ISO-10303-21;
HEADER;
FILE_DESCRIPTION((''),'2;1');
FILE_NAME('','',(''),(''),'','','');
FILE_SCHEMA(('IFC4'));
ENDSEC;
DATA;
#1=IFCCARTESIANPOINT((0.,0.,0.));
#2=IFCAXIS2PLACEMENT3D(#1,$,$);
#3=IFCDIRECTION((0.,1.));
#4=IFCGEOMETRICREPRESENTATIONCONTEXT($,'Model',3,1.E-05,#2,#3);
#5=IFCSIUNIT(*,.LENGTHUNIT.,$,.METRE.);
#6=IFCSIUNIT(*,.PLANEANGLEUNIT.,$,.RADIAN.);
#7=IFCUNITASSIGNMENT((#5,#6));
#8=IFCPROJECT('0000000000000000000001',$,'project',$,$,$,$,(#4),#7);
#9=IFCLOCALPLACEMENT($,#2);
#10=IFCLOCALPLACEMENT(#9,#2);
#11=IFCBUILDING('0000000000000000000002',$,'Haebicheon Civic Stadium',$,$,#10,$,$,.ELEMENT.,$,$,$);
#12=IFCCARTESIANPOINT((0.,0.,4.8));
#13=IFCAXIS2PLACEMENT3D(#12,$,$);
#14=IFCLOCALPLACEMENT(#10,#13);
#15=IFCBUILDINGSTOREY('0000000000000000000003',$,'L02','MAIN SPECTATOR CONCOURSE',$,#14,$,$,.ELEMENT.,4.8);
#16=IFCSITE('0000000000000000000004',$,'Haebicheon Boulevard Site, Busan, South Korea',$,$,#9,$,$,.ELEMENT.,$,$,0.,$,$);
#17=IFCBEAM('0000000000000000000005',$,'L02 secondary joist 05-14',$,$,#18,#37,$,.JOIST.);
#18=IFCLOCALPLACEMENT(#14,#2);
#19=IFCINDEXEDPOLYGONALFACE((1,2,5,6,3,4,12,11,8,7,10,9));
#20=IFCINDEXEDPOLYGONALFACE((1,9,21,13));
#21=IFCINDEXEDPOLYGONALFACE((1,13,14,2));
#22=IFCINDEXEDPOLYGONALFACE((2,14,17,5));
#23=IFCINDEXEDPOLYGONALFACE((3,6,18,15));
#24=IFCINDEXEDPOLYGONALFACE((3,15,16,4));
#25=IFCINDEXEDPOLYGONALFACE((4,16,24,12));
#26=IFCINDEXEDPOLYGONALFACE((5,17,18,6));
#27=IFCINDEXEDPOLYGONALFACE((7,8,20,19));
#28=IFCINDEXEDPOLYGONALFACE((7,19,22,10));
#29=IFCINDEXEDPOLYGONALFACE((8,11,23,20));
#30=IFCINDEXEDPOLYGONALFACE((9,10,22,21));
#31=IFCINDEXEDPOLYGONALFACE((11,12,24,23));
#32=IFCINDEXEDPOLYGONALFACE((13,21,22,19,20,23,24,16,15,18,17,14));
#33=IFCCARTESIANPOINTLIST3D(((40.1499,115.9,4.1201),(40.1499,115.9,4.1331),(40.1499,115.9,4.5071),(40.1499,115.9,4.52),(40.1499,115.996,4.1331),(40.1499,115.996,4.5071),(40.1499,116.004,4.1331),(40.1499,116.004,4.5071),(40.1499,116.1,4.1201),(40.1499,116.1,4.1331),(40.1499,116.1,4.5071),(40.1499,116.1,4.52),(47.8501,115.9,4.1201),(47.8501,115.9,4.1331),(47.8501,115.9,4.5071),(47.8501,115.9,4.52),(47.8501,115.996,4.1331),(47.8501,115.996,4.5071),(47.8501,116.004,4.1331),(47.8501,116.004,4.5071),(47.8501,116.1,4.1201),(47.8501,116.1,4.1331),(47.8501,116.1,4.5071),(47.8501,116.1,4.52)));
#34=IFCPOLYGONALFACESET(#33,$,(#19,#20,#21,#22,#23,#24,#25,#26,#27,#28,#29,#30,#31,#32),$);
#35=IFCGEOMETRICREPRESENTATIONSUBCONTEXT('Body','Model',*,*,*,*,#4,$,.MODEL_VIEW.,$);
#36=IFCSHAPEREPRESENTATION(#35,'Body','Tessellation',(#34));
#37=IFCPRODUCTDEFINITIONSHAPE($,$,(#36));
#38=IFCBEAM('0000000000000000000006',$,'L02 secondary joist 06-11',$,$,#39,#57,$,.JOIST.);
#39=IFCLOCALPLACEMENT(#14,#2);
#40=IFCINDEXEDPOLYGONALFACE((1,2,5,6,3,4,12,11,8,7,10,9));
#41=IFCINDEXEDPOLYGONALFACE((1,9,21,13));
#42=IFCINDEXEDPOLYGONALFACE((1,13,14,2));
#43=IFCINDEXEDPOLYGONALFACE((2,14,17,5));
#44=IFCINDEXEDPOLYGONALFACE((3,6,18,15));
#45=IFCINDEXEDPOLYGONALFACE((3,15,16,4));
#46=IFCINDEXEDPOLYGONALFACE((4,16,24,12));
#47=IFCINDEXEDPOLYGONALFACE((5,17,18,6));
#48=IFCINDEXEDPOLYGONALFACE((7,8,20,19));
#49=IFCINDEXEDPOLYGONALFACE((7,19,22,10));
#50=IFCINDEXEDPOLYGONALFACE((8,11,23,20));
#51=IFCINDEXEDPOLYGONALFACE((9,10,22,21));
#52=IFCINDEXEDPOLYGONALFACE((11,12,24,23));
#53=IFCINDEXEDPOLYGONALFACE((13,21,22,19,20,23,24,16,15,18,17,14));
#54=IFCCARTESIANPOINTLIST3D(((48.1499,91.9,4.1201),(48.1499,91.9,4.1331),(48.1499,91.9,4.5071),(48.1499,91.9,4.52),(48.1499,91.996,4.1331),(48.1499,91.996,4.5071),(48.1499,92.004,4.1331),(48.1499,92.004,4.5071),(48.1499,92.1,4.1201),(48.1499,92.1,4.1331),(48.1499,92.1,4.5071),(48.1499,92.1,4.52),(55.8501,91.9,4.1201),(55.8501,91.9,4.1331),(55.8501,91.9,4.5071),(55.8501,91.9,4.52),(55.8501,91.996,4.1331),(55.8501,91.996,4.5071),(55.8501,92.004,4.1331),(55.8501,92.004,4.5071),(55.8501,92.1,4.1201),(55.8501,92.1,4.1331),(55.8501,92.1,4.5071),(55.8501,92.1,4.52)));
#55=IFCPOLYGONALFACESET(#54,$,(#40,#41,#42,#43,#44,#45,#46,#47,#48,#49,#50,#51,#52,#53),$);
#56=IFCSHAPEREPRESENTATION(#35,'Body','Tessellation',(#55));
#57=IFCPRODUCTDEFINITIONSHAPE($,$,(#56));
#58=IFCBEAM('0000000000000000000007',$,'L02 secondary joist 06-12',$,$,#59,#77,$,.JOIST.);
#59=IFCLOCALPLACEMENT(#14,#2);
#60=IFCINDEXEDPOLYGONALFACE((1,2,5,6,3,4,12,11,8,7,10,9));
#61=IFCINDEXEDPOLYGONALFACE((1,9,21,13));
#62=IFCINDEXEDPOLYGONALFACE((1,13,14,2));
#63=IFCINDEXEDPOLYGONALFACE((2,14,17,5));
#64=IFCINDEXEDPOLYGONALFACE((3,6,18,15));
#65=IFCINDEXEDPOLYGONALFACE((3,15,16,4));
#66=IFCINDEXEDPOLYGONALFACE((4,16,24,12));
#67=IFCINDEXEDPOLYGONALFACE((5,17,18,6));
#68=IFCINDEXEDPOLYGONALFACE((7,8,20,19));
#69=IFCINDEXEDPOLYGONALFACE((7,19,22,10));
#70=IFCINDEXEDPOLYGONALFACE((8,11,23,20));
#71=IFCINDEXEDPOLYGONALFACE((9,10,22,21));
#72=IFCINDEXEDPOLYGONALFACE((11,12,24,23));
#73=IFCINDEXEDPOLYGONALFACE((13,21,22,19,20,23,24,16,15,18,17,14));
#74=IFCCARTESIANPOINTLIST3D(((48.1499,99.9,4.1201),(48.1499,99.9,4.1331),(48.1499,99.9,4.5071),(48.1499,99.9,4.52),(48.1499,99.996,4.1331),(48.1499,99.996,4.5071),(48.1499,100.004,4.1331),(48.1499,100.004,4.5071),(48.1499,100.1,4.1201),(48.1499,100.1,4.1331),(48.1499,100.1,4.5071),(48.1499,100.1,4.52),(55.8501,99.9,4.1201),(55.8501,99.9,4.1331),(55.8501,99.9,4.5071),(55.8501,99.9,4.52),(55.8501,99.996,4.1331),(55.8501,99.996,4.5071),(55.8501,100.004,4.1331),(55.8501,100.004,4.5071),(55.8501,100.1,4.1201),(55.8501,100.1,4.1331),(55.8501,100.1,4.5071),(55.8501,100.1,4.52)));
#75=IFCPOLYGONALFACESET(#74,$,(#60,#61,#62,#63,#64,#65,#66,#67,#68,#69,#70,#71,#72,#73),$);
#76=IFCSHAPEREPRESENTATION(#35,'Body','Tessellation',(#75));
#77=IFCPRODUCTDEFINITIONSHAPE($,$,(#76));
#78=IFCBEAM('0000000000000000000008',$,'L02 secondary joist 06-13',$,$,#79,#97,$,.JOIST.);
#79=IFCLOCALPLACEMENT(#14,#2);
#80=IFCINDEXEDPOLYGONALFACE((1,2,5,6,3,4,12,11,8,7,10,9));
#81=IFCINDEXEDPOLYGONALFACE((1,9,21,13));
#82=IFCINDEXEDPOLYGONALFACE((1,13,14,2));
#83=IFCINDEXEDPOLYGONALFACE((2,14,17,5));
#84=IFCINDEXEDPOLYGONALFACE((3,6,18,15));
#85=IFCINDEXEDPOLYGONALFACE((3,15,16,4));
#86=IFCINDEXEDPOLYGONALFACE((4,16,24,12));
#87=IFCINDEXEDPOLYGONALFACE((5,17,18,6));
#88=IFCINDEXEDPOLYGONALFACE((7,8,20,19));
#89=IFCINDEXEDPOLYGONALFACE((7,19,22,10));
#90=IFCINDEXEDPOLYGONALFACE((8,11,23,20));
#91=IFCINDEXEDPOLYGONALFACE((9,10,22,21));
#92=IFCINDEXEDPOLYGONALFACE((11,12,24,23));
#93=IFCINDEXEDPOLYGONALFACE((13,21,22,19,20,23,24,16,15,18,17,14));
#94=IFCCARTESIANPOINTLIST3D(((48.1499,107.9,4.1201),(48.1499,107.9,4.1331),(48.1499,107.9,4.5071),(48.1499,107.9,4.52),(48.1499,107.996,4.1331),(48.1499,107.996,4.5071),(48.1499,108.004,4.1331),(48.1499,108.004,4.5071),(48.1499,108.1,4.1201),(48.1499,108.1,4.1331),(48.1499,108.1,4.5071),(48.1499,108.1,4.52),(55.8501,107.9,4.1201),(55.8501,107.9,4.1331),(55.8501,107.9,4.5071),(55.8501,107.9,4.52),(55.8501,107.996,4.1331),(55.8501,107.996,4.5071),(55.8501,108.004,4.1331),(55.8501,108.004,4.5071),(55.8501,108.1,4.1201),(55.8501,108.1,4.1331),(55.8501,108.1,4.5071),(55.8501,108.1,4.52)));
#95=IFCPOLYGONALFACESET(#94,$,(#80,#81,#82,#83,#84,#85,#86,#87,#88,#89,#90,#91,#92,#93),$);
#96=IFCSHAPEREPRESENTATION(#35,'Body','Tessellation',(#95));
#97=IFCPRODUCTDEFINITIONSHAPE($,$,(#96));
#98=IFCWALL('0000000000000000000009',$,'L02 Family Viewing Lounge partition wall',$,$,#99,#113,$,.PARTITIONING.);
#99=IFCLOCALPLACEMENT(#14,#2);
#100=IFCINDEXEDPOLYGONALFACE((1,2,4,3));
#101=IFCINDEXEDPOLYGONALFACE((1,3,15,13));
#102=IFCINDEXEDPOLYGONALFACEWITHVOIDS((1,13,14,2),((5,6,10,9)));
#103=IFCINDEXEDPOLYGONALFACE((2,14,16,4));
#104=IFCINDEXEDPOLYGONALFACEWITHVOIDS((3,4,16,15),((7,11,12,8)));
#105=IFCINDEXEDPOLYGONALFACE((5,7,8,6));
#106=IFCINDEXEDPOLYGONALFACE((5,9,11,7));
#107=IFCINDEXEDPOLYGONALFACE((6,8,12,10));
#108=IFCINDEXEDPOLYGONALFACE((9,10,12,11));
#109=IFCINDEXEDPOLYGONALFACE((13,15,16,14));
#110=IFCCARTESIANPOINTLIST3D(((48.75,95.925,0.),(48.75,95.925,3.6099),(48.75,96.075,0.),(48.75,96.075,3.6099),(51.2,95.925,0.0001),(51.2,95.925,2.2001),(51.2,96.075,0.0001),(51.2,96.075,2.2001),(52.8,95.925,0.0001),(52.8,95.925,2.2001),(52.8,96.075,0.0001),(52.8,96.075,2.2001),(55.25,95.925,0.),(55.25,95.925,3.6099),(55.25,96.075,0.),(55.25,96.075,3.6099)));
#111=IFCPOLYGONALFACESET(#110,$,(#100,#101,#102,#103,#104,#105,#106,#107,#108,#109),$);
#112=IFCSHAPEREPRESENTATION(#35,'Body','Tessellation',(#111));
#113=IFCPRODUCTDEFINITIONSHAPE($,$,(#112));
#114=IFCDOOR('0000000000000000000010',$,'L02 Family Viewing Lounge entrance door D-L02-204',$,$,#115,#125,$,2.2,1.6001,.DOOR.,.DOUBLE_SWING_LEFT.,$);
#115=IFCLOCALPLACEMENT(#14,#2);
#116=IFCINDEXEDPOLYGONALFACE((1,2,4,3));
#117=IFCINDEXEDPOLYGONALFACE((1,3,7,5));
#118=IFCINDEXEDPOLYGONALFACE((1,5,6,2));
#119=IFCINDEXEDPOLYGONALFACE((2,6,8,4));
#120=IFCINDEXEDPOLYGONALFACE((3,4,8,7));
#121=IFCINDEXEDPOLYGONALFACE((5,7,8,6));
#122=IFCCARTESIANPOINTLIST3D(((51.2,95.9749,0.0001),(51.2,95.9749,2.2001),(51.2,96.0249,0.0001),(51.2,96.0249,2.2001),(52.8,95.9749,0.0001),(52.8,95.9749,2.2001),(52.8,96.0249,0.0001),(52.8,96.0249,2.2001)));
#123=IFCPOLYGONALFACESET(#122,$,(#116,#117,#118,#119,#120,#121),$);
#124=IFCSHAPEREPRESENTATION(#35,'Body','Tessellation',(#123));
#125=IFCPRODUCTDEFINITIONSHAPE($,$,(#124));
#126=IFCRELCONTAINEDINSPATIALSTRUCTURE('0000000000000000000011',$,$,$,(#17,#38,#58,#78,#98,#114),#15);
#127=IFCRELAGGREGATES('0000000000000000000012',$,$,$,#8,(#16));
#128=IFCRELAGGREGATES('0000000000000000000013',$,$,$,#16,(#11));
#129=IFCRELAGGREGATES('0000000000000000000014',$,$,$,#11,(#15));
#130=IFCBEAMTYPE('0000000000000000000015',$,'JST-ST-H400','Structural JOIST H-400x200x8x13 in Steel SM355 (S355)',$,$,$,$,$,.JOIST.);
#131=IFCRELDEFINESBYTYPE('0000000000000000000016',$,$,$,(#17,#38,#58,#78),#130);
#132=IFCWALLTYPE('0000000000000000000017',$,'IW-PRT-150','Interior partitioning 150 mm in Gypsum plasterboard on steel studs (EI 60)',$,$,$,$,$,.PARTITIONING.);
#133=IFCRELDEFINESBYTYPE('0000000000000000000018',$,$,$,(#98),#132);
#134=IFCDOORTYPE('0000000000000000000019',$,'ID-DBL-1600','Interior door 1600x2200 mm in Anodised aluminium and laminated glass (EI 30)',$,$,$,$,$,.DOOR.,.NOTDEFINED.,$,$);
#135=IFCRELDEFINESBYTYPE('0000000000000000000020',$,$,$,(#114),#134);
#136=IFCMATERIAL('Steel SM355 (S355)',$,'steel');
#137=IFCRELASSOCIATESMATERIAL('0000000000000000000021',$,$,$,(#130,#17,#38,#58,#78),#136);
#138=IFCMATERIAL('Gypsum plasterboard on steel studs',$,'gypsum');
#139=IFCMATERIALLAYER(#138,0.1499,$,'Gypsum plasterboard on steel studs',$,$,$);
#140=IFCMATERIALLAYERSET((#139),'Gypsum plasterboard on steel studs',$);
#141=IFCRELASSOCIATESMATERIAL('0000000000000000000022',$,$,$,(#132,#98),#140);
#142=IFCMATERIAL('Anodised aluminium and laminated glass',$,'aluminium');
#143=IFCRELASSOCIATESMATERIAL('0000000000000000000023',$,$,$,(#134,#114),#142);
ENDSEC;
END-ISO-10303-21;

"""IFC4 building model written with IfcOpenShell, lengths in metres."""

from ifc_helpers import new_model, si_unit, direction, frame, frame_2d, origin, origin_2d, place, context, subcontext, project, spatial, rectangle, i_section, extrude, material, layer, layer_set, material_profile, profile_set, type_object, element, fill, save


model = new_model("IFC4")

# Units and contexts
model_context = context("Model", 3, precision=1e-05, world=origin(), true_north=direction((0.0, 1.0)))
body_context = subcontext(model_context, "Body", "Model", "MODEL_VIEW")
ifc_project = project(units=[si_unit("LENGTHUNIT", "METRE"), si_unit("PLANEANGLEUNIT", "RADIAN")], contexts=[model_context])

# Site, building, storey
site_placement = place(None, origin())
site = spatial("IfcSite", under=ifc_project, at=site_placement, Name="Haebicheon Boulevard Site, Busan, South Korea", CompositionType="ELEMENT", RefElevation=0.0)
building_placement = place(site_placement, origin())
building = spatial("IfcBuilding", under=site, at=building_placement, Name="Haebicheon Civic Stadium", CompositionType="ELEMENT")
storey_placement = place(building_placement, frame((0.0, 0.0, 4.8)))
storey = spatial("IfcBuildingStorey", under=building, at=storey_placement, Name="L02", Description="MAIN SPECTATOR CONCOURSE", CompositionType="ELEMENT", Elevation=4.8)

# Beams
ifc_material_1 = material(Name="Steel SM355 (S355)", Category="steel")
ifc_material_profile_1 = material_profile(ifc_material_1, i_section(OverallWidth=0.2, OverallDepth=0.3999, WebThickness=0.0081, FlangeThickness=0.0129, at=origin_2d()), Name="H-400x200x8x13")
ifc_profile_set_1 = profile_set([ifc_material_profile_1], Name="Steel SM355 (S355)")
beam_type_1 = type_object("IfcBeamType", Name="JST-ST-H400", Description="Structural JOIST H-400x200x8x13 in Steel SM355 (S355)", PredefinedType="JOIST", material=ifc_profile_set_1)
for number, where, z_axis, x_axis, name in (
    (1, (40.1499, 116.0, 4.3201), (1.0, 0.0, 0.0), (0.0, 1.0, 0.0), "L02 secondary joist 05-14"),
    (2, (48.1499, 92.0, 4.3201), (1.0, 0.0, 0.0), (0.0, 1.0, 0.0), "L02 secondary joist 06-11"),
    (3, (48.1499, 100.0, 4.3201), (1.0, 0.0, 0.0), (0.0, 1.0, 0.0), "L02 secondary joist 06-12"),
    (4, (48.1499, 108.0, 4.3201), (1.0, 0.0, 0.0), (0.0, 1.0, 0.0), "L02 secondary joist 06-13"),
):
    element("IfcBeam", number, at=place(storey_placement, frame(where, z_axis=z_axis, x_axis=x_axis)), inside=storey, type_object=beam_type_1, material=ifc_profile_set_1, Name=name, PredefinedType="JOIST", context=body_context, shape_type="SweptSolid", body=[
        extrude(i_section(OverallWidth=0.2, OverallDepth=0.3999, WebThickness=0.0081, FlangeThickness=0.0129, at=origin_2d()), origin(), (0.0, 0.0, 1.0), 7.7002),
    ])

# Wall, opening, door
ifc_material_2 = material(Name="Gypsum plasterboard on steel studs", Category="gypsum")
ifc_layer = layer(ifc_material_2, 0.1499, Name="Gypsum plasterboard on steel studs")
ifc_layer_set = layer_set([ifc_layer], Name="Gypsum plasterboard on steel studs")
wall_type = type_object("IfcWallType", Name="IW-PRT-150", Description="Interior partitioning 150 mm in Gypsum plasterboard on steel studs (EI 60)", PredefinedType="PARTITIONING", material=ifc_layer_set)
wall_placement = place(storey_placement, frame((48.75, 96.0, 0.0), z_axis=(0.0, 0.0, 1.0), x_axis=(1.0, 0.0, 0.0)))
wall = element("IfcWall", 5, at=wall_placement, inside=storey, type_object=wall_type, material=ifc_layer_set, Name="L02 Family Viewing Lounge partition wall", PredefinedType="PARTITIONING", context=body_context, shape_type="SweptSolid", body=[
    extrude(rectangle(XDim=6.5, YDim=0.1499, at=frame_2d((3.25, 0.0))), origin(), (0.0, 0.0, 1.0), 3.6099),
])
opening_placement = place(wall_placement, frame((2.45, 0.0, 0.0)))
opening = element("IfcOpeningElement", 6, at=opening_placement, cuts=wall, PredefinedType="OPENING", context=body_context, shape_type="SweptSolid", body=[
    extrude(rectangle(XDim=1.6001, YDim=2.2, at=frame_2d((0.8, 1.1001))), frame((0.0, 0.085, 0.0), z_axis=(0.0, -1.0, 0.0), x_axis=(1.0, 0.0, 0.0)), (0.0, 0.0, 1.0), 0.1699),
])
ifc_material_3 = material(Name="Anodised aluminium and laminated glass", Category="aluminium")
door_type = type_object("IfcDoorType", Name="ID-DBL-1600", Description="Interior door 1600x2200 mm in Anodised aluminium and laminated glass (EI 30)", OperationType="NOTDEFINED", PredefinedType="DOOR", material=ifc_material_3)
door_placement = place(opening_placement, origin())
door = element("IfcDoor", 7, at=door_placement, inside=storey, type_object=door_type, material=ifc_material_3, Name="L02 Family Viewing Lounge entrance door D-L02-204", OperationType="DOUBLE_SWING_LEFT", OverallHeight=2.2, OverallWidth=1.6001, PredefinedType="DOOR", context=body_context, shape_type="SweptSolid", body=[
    extrude(rectangle(XDim=1.6001, YDim=2.2, at=frame_2d((0.8, 1.1001))), frame((0.0, 0.0249, 0.0), z_axis=(0.0, -1.0, 0.0), x_axis=(1.0, 0.0, 0.0)), (0.0, 0.0, 1.0), 0.05),
])
fill(opening, door)

save(model, "model.ifc")
